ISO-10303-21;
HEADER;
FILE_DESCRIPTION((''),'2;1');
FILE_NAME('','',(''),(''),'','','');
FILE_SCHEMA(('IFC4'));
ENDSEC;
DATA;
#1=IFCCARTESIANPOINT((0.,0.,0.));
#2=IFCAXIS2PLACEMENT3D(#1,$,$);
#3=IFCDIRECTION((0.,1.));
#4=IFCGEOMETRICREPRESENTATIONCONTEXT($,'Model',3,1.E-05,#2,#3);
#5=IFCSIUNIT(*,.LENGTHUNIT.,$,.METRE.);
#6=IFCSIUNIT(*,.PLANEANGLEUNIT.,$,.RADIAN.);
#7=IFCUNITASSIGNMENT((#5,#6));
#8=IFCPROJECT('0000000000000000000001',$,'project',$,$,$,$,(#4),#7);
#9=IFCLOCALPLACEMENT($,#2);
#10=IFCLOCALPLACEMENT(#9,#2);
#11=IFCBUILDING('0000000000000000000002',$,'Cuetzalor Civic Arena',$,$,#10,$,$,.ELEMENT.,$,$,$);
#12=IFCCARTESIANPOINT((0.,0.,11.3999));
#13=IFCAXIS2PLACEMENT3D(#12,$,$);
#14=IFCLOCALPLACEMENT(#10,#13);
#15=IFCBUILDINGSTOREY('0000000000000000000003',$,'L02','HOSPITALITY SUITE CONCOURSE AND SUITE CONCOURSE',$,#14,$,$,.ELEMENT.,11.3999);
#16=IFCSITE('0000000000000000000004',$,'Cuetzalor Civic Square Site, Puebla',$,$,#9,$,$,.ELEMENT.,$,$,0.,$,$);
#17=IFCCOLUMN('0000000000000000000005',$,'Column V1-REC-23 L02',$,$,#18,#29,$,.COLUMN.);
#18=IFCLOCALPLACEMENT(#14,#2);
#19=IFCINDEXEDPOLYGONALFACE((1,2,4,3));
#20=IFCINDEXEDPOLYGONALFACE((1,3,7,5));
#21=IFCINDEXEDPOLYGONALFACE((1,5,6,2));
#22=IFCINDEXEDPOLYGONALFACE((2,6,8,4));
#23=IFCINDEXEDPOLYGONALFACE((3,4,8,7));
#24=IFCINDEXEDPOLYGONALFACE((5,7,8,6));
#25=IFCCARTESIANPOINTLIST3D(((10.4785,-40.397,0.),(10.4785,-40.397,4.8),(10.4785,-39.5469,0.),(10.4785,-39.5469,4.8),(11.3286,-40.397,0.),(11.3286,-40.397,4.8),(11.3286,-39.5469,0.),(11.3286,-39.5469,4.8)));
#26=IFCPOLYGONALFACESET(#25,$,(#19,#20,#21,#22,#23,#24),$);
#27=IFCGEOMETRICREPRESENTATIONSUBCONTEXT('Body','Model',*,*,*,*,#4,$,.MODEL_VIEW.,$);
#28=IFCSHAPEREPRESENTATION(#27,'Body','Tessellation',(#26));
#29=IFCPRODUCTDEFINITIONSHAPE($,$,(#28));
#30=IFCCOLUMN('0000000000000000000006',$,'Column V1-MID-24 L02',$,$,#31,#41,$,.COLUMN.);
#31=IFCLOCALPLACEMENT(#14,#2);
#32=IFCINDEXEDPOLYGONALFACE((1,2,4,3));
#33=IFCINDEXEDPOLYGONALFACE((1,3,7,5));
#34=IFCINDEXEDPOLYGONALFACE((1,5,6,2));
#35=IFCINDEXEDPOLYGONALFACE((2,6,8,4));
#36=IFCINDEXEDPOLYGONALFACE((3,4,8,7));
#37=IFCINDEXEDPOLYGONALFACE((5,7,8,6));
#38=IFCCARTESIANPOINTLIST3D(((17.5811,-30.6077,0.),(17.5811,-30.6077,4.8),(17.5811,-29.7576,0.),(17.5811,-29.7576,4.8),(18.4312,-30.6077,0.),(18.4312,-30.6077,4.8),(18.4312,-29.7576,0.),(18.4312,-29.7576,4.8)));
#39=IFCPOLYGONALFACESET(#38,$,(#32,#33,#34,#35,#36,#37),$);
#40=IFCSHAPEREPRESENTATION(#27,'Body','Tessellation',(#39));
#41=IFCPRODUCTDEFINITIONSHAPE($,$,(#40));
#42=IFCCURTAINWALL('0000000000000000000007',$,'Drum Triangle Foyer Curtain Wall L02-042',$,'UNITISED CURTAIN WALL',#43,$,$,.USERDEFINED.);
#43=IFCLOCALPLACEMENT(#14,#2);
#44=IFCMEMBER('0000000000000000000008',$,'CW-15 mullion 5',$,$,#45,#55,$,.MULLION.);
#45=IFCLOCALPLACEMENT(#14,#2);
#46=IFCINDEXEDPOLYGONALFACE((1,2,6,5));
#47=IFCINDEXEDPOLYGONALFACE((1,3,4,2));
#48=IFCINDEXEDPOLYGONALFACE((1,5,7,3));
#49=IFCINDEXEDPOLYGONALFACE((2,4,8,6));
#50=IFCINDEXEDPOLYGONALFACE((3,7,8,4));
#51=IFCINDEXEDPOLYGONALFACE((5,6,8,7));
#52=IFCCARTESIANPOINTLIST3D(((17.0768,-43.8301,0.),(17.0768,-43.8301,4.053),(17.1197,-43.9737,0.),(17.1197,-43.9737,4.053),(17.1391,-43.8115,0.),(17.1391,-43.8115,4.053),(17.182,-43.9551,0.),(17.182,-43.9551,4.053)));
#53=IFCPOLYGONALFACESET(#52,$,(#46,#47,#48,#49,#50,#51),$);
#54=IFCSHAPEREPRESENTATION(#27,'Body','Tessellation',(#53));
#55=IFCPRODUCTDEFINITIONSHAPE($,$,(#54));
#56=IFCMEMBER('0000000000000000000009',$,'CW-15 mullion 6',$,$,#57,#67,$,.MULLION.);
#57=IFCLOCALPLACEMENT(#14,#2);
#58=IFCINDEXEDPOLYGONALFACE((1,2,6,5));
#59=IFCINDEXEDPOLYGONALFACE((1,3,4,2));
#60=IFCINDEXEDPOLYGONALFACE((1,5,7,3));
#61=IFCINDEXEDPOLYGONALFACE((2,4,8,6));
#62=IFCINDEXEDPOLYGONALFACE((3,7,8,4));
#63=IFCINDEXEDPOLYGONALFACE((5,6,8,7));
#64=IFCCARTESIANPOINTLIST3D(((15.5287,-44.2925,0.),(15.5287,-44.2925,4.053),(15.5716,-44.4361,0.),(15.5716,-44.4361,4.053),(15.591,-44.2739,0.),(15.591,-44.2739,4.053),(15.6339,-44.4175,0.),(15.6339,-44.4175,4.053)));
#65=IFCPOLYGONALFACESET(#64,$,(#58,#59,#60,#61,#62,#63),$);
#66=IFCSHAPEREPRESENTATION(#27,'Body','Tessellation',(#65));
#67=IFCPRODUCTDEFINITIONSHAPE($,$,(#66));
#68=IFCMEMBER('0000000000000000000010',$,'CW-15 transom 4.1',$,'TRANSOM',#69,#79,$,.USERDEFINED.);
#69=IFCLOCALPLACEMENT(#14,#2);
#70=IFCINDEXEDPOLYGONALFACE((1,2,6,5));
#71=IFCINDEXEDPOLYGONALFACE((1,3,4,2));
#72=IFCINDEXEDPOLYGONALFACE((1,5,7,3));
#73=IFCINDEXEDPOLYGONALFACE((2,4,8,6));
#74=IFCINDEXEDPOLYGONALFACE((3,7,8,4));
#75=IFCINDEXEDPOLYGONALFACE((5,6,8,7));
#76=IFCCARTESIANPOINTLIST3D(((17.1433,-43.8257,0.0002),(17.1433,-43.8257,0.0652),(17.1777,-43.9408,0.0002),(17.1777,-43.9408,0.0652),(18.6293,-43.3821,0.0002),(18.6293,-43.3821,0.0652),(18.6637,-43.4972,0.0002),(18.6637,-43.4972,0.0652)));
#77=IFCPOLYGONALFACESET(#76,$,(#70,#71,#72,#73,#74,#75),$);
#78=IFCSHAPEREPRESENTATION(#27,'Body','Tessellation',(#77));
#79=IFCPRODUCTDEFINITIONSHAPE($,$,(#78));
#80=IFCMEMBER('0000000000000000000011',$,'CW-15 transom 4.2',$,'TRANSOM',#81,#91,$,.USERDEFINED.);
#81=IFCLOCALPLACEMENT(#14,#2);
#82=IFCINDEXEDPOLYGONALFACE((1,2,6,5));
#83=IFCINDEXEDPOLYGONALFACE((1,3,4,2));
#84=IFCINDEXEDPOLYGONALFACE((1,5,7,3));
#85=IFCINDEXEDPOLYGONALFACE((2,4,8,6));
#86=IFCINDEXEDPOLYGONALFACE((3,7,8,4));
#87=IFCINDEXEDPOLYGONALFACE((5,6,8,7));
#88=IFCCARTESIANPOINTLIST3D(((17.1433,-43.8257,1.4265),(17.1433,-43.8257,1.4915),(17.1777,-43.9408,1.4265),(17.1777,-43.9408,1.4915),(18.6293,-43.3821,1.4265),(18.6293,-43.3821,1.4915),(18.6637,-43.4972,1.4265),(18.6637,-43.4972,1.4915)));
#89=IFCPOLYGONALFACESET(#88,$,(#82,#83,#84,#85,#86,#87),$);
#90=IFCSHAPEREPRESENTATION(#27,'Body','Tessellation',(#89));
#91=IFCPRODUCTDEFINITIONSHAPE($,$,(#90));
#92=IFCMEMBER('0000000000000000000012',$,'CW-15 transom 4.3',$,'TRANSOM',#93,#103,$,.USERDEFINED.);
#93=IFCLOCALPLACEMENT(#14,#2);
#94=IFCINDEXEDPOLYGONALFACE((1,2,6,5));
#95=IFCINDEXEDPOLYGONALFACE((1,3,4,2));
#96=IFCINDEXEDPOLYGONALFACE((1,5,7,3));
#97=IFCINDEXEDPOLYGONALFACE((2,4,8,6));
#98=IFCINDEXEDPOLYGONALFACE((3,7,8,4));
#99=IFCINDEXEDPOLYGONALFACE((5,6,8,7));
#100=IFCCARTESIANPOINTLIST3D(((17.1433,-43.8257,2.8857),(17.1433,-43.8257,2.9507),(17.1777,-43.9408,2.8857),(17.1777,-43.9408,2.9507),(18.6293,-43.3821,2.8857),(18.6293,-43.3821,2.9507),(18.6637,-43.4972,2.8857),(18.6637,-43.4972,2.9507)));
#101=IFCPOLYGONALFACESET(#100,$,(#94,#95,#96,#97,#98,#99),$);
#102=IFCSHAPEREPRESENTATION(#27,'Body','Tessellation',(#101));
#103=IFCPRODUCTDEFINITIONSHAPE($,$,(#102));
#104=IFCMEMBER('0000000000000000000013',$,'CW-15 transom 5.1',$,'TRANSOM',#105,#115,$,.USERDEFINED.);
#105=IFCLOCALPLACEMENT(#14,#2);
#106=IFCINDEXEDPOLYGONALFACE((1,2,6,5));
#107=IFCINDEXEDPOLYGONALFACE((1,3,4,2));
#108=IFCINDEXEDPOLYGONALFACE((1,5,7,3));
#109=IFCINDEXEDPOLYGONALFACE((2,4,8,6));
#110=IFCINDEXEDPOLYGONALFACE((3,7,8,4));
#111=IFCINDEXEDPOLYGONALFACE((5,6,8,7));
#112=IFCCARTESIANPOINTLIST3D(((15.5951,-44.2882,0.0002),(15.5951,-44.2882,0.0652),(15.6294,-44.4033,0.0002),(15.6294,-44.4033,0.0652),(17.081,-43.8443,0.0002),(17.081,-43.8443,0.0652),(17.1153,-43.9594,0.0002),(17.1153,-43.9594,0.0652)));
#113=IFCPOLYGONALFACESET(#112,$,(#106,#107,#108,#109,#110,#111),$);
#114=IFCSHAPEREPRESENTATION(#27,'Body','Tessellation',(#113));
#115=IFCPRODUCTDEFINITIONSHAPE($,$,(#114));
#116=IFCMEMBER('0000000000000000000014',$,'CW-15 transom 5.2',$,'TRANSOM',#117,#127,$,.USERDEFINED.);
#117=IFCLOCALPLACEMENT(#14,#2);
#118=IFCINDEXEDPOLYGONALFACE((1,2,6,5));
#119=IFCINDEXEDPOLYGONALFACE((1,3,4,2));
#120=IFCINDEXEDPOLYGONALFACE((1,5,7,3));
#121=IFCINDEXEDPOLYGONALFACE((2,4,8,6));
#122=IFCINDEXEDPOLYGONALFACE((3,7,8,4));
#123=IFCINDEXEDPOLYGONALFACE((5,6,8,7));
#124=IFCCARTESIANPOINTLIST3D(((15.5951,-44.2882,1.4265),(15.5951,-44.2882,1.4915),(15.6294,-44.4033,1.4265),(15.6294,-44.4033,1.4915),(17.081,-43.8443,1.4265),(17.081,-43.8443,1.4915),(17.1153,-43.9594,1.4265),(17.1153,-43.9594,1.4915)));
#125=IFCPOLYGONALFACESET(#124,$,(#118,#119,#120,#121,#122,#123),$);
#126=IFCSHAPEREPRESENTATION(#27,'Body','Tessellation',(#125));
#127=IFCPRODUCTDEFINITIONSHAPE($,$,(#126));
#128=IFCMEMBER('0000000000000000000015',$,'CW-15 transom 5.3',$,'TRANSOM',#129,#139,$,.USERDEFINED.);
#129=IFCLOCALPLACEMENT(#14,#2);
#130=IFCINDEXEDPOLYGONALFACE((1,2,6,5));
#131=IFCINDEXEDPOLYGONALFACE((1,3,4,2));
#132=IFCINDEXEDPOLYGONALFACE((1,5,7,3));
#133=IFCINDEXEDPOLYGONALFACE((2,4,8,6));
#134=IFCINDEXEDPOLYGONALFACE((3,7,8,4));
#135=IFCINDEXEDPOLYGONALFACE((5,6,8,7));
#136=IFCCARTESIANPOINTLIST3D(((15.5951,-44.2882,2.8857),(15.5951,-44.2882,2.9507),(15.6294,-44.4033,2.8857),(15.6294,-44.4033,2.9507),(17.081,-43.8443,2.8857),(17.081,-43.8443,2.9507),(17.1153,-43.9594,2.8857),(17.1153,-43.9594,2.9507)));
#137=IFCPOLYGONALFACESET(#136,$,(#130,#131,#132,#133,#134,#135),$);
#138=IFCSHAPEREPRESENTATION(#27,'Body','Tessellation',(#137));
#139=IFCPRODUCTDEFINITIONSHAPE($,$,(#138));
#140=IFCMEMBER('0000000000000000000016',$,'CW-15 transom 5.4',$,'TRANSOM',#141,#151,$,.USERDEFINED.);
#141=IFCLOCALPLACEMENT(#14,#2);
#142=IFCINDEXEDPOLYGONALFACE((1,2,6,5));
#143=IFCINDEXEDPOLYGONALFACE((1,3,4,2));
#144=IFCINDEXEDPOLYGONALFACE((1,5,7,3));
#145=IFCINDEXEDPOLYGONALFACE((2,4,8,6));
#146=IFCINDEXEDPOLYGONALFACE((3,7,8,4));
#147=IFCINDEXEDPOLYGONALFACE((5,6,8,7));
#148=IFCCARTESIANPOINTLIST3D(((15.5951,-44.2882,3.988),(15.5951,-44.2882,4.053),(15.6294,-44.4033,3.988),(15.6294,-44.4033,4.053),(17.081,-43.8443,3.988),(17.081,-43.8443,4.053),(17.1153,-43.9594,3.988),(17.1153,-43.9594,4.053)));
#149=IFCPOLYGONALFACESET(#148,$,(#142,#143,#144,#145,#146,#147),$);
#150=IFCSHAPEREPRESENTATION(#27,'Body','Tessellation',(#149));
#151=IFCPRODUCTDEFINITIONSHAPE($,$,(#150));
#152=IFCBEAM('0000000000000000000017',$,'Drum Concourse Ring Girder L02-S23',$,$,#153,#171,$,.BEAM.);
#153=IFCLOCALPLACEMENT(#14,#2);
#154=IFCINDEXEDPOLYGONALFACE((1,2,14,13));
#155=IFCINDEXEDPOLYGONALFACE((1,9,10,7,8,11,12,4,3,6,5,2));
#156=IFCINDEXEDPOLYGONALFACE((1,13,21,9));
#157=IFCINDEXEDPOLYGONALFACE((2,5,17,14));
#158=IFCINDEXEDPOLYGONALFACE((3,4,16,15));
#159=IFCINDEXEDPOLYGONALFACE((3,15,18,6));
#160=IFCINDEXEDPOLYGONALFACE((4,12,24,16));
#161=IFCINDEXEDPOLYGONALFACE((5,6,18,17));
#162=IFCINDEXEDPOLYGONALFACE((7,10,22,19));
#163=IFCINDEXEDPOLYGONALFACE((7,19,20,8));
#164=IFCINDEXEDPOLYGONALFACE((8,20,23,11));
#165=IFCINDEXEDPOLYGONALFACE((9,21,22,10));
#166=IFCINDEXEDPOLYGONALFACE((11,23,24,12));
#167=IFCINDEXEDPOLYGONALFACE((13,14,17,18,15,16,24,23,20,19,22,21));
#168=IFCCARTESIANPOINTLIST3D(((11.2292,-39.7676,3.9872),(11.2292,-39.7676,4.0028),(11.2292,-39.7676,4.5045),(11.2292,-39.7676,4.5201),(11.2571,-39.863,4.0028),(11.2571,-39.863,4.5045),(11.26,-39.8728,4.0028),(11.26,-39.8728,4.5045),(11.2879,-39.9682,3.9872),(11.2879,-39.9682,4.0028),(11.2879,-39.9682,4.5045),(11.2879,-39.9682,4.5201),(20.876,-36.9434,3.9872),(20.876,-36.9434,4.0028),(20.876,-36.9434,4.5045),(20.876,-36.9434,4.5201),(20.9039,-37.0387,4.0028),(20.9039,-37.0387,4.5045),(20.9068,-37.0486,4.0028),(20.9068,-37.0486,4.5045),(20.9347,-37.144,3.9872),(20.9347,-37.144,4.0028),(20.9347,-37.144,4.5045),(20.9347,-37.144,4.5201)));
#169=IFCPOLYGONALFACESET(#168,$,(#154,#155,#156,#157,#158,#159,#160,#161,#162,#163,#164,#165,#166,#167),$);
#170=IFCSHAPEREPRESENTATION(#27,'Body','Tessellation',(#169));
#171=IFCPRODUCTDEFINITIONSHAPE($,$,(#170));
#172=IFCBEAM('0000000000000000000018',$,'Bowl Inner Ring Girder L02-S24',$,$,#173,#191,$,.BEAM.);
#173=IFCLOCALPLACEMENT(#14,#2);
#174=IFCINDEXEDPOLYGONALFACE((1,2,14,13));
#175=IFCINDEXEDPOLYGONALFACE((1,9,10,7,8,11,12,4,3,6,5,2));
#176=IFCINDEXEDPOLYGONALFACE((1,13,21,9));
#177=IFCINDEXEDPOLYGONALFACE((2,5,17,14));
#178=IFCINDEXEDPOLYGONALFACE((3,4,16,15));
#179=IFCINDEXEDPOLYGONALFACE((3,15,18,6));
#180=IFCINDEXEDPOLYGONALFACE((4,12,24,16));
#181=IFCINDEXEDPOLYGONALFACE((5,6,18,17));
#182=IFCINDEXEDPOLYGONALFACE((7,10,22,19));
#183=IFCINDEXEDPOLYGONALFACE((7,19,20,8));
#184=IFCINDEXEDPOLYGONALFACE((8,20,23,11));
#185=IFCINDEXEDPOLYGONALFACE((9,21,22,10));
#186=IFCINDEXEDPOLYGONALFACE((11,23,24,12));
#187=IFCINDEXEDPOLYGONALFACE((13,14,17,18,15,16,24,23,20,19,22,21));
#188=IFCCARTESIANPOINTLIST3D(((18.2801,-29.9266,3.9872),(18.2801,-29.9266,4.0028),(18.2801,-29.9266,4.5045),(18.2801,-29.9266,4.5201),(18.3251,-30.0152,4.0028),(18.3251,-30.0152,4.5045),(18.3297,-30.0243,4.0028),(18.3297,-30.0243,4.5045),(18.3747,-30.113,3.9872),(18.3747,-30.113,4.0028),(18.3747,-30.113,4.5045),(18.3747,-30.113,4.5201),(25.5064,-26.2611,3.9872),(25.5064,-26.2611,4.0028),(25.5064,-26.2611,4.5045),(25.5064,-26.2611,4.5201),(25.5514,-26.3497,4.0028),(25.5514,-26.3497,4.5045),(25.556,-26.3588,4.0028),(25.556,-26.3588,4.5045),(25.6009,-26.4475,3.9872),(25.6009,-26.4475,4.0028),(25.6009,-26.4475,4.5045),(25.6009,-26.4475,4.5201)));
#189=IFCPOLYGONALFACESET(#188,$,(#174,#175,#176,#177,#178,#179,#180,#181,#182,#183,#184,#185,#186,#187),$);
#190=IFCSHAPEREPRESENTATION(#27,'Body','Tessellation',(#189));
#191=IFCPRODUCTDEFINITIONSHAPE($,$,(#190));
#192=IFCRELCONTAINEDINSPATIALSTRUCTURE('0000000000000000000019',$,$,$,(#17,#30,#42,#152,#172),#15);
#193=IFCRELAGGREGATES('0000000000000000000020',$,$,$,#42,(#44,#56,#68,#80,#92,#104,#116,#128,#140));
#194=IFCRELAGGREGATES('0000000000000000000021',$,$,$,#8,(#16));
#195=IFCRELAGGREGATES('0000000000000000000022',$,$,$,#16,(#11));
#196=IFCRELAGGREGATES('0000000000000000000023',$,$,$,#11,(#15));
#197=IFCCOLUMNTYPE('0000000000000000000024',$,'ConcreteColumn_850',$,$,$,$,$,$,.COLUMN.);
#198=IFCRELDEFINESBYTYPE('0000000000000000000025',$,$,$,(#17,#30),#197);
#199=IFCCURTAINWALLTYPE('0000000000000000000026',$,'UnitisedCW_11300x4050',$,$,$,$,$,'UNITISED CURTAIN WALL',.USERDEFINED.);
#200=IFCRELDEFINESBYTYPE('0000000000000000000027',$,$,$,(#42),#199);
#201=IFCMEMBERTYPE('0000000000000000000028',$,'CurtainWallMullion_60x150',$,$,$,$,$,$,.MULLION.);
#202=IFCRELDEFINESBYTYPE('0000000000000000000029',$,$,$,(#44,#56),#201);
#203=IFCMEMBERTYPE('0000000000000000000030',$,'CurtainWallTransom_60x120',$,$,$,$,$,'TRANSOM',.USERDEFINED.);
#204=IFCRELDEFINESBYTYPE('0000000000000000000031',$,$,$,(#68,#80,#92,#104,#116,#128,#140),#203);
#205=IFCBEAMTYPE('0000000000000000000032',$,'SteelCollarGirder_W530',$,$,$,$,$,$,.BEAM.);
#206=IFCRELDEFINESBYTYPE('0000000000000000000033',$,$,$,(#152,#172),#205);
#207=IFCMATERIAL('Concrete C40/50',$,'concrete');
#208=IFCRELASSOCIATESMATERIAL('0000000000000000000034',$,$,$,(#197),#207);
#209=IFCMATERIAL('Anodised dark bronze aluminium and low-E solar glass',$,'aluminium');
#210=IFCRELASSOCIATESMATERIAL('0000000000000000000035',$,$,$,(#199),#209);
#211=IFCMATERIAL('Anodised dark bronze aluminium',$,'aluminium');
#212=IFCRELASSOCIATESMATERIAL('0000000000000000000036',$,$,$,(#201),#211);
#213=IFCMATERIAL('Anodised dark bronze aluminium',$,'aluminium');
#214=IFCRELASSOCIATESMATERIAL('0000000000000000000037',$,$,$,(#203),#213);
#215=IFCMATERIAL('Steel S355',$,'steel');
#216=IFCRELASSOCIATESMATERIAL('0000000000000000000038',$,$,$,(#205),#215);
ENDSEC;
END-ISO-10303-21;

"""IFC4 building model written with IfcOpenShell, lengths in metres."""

from ifc_helpers import new_model, si_unit, direction, frame, origin, origin_2d, place, context, subcontext, project, spatial, rectangle, i_section, extrude, material, material_profile, profile_set, type_object, element, aggregate, save


model = new_model("IFC4")

# Units and contexts
model_context = context("Model", 3, precision=1e-05, world=origin(), true_north=direction((0.0, 1.0)))
body_context = subcontext(model_context, "Body", "Model", "MODEL_VIEW")
ifc_project = project(units=[si_unit("LENGTHUNIT", "METRE"), si_unit("PLANEANGLEUNIT", "RADIAN")], contexts=[model_context])

# Site, building, storey
site_placement = place(None, origin())
site = spatial("IfcSite", under=ifc_project, at=site_placement, Name="Cuetzalor Civic Square Site, Puebla", CompositionType="ELEMENT", RefElevation=0.0)
building_placement = place(site_placement, origin())
building = spatial("IfcBuilding", under=site, at=building_placement, Name="Cuetzalor Civic Arena", CompositionType="ELEMENT")
storey_placement = place(building_placement, frame((0.0, 0.0, 11.3999)))
storey = spatial("IfcBuildingStorey", under=building, at=storey_placement, Name="L02", Description="HOSPITALITY SUITE CONCOURSE AND SUITE CONCOURSE", CompositionType="ELEMENT", Elevation=11.3999)

# Columns
ifc_material_1 = material(Name="Concrete C40/50", Category="concrete")
ifc_material_profile_1 = material_profile(ifc_material_1, rectangle(XDim=0.8501, YDim=0.8501, at=origin_2d()), Name="RC 850x850")
ifc_profile_set_1 = profile_set([ifc_material_profile_1], Name="Concrete C40/50")
column_type = type_object("IfcColumnType", Name="ConcreteColumn_850", PredefinedType="COLUMN", material=ifc_profile_set_1)
for number, where, z_axis, x_axis, name in (
    (1, (10.9036, -39.9719, 0.0), (0.0, 0.0, 1.0), (1.0, 0.0, 0.0), "Column V1-REC-23 L02"),
    (2, (18.0061, -30.1826, 0.0), (0.0, 0.0, 1.0), (1.0, 0.0, 0.0), "Column V1-MID-24 L02"),
):
    element("IfcColumn", number, at=place(storey_placement, frame(where, z_axis=z_axis, x_axis=x_axis)), inside=storey, type_object=column_type, Name=name, PredefinedType="COLUMN", context=body_context, shape_type="SweptSolid", body=[
        extrude(rectangle(XDim=0.8501, YDim=0.8501, at=origin_2d()), origin(), (0.0, 0.0, 1.0), 4.8),
    ])

# Curtain wall, members
ifc_material_2 = material(Name="Anodised dark bronze aluminium and low-E solar glass", Category="aluminium")
curtain_wall_type = type_object("IfcCurtainWallType", Name="UnitisedCW_11300x4050", ElementType="UNITISED CURTAIN WALL", PredefinedType="USERDEFINED", material=ifc_material_2)
curtain_wall_placement = place(storey_placement, origin())
curtain_wall = element("IfcCurtainWall", 3, at=curtain_wall_placement, inside=storey, type_object=curtain_wall_type, Name="Drum Triangle Foyer Curtain Wall L02-042", ObjectType="UNITISED CURTAIN WALL", PredefinedType="USERDEFINED")
ifc_material_3 = material(Name="Anodised dark bronze aluminium", Category="aluminium")
ifc_material_profile_2 = material_profile(ifc_material_3, rectangle(XDim=0.0649, YDim=0.1499, at=origin_2d()), Name="ALU MULLION 65x150")
ifc_profile_set_2 = profile_set([ifc_material_profile_2], Name="Anodised dark bronze aluminium")
member_type_1 = type_object("IfcMemberType", Name="CurtainWallMullion_60x150", PredefinedType="MULLION", material=ifc_profile_set_2)
member_1_placement = place(storey_placement, frame((17.1294, -43.8926, 0.0), z_axis=(0.0, 0.0, 1.0), x_axis=(-0.958194, -0.28612, 0.0)))
member_1 = element("IfcMember", 4, at=member_1_placement, type_object=member_type_1, Name="CW-15 mullion 5", PredefinedType="MULLION", context=body_context, shape_type="SweptSolid", body=[
    extrude(rectangle(XDim=0.0649, YDim=0.1499, at=origin_2d()), origin(), (0.0, 0.0, 1.0), 4.053),
])
member_2_placement = place(storey_placement, frame((15.5813, -44.355, 0.0), z_axis=(0.0, 0.0, 1.0), x_axis=(-0.958194, -0.28612, 0.0)))
member_2 = element("IfcMember", 5, at=member_2_placement, type_object=member_type_1, Name="CW-15 mullion 6", PredefinedType="MULLION", context=body_context, shape_type="SweptSolid", body=[
    extrude(rectangle(XDim=0.0649, YDim=0.1499, at=origin_2d()), origin(), (0.0, 0.0, 1.0), 4.053),
])
ifc_material_4 = material(Name="Anodised dark bronze aluminium", Category="aluminium")
ifc_material_profile_3 = material_profile(ifc_material_4, rectangle(XDim=0.1201, YDim=0.0649, at=origin_2d()), Name="ALU TRANSOM 65x120")
ifc_profile_set_3 = profile_set([ifc_material_profile_3], Name="Anodised dark bronze aluminium")
member_type_2 = type_object("IfcMemberType", Name="CurtainWallTransom_60x120", ElementType="TRANSOM", PredefinedType="USERDEFINED", material=ifc_profile_set_3)
member_3_placement = place(storey_placement, frame((18.6465, -43.4397, 0.0327), z_axis=(-0.95822, -0.286033, 0.0), x_axis=(0.286033, -0.95822, 0.0)))
member_3 = element("IfcMember", 6, at=member_3_placement, type_object=member_type_2, Name="CW-15 transom 4.1", ObjectType="TRANSOM", PredefinedType="USERDEFINED", context=body_context, shape_type="SweptSolid", body=[
    extrude(rectangle(XDim=0.1201, YDim=0.0649, at=origin_2d()), origin(), (0.0, 0.0, 1.0), 1.5508),
])
member_4_placement = place(storey_placement, frame((18.6465, -43.4397, 1.459), z_axis=(-0.95822, -0.286033, 0.0), x_axis=(0.286033, -0.95822, 0.0)))
member_4 = element("IfcMember", 7, at=member_4_placement, type_object=member_type_2, Name="CW-15 transom 4.2", ObjectType="TRANSOM", PredefinedType="USERDEFINED", context=body_context, shape_type="SweptSolid", body=[
    extrude(rectangle(XDim=0.1201, YDim=0.0649, at=origin_2d()), origin(), (0.0, 0.0, 1.0), 1.5508),
])
member_5_placement = place(storey_placement, frame((18.6465, -43.4397, 2.9182), z_axis=(-0.95822, -0.286033, 0.0), x_axis=(0.286033, -0.95822, 0.0)))
member_5 = element("IfcMember", 8, at=member_5_placement, type_object=member_type_2, Name="CW-15 transom 4.3", ObjectType="TRANSOM", PredefinedType="USERDEFINED", context=body_context, shape_type="SweptSolid", body=[
    extrude(rectangle(XDim=0.1201, YDim=0.0649, at=origin_2d()), origin(), (0.0, 0.0, 1.0), 1.5508),
])
member_6_placement = place(storey_placement, frame((17.0981, -43.9019, 0.0327), z_axis=(-0.958164, -0.286221, 0.0), x_axis=(0.286221, -0.958164, 0.0)))
member_6 = element("IfcMember", 9, at=member_6_placement, type_object=member_type_2, Name="CW-15 transom 5.1", ObjectType="TRANSOM", PredefinedType="USERDEFINED", context=body_context, shape_type="SweptSolid", body=[
    extrude(rectangle(XDim=0.1201, YDim=0.0649, at=origin_2d()), origin(), (0.0, 0.0, 1.0), 1.5508),
])
member_7_placement = place(storey_placement, frame((17.0981, -43.9019, 1.459), z_axis=(-0.958164, -0.286221, 0.0), x_axis=(0.286221, -0.958164, 0.0)))
member_7 = element("IfcMember", 10, at=member_7_placement, type_object=member_type_2, Name="CW-15 transom 5.2", ObjectType="TRANSOM", PredefinedType="USERDEFINED", context=body_context, shape_type="SweptSolid", body=[
    extrude(rectangle(XDim=0.1201, YDim=0.0649, at=origin_2d()), origin(), (0.0, 0.0, 1.0), 1.5508),
])
member_8_placement = place(storey_placement, frame((17.0981, -43.9019, 2.9182), z_axis=(-0.958164, -0.286221, 0.0), x_axis=(0.286221, -0.958164, 0.0)))
member_8 = element("IfcMember", 11, at=member_8_placement, type_object=member_type_2, Name="CW-15 transom 5.3", ObjectType="TRANSOM", PredefinedType="USERDEFINED", context=body_context, shape_type="SweptSolid", body=[
    extrude(rectangle(XDim=0.1201, YDim=0.0649, at=origin_2d()), origin(), (0.0, 0.0, 1.0), 1.5508),
])
member_9_placement = place(storey_placement, frame((17.0981, -43.9019, 4.0205), z_axis=(-0.958164, -0.286221, 0.0), x_axis=(0.286221, -0.958164, 0.0)))
member_9 = element("IfcMember", 12, at=member_9_placement, type_object=member_type_2, Name="CW-15 transom 5.4", ObjectType="TRANSOM", PredefinedType="USERDEFINED", context=body_context, shape_type="SweptSolid", body=[
    extrude(rectangle(XDim=0.1201, YDim=0.0649, at=origin_2d()), origin(), (0.0, 0.0, 1.0), 1.5508),
])

# Beams
ifc_material_5 = material(Name="Steel S355", Category="steel")
ifc_material_profile_4 = material_profile(ifc_material_5, i_section(OverallWidth=0.209, OverallDepth=0.533, WebThickness=0.0103, FlangeThickness=0.0156, at=origin_2d()), Name="W530x92")
ifc_profile_set_4 = profile_set([ifc_material_profile_4], Name="Steel S355")
beam_type_1 = type_object("IfcBeamType", Name="SteelCollarGirder_W530", PredefinedType="BEAM", material=ifc_profile_set_4)
beam_1_placement = place(storey_placement, frame((11.2585, -39.8679, 4.2537), z_axis=(0.959716, 0.280971, 0.0), x_axis=(-0.280971, 0.959716, 0.0)))
element("IfcBeam", 13, at=beam_1_placement, inside=storey, type_object=beam_type_1, Name="Drum Concourse Ring Girder L02-S23", PredefinedType="BEAM", context=body_context, shape_type="SweptSolid", body=[
    extrude(i_section(OverallWidth=0.209, OverallDepth=0.533, WebThickness=0.0103, FlangeThickness=0.0156, at=origin_2d()), origin(), (0.0, 0.0, 1.0), 10.0518),
])
beam_2_placement = place(storey_placement, frame((18.3274, -30.0198, 4.2537), z_axis=(0.891827, 0.452376, 0.0), x_axis=(-0.452376, 0.891827, 0.0)))
element("IfcBeam", 14, at=beam_2_placement, inside=storey, type_object=beam_type_1, Name="Bowl Inner Ring Girder L02-S24", PredefinedType="BEAM", context=body_context, shape_type="SweptSolid", body=[
    extrude(i_section(OverallWidth=0.209, OverallDepth=0.533, WebThickness=0.0103, FlangeThickness=0.0156, at=origin_2d()), origin(), (0.0, 0.0, 1.0), 8.1028),
])

aggregate(curtain_wall, [member_1, member_2, member_3, member_4, member_5, member_6, member_7, member_8, member_9])

save(model, "model.ifc")
